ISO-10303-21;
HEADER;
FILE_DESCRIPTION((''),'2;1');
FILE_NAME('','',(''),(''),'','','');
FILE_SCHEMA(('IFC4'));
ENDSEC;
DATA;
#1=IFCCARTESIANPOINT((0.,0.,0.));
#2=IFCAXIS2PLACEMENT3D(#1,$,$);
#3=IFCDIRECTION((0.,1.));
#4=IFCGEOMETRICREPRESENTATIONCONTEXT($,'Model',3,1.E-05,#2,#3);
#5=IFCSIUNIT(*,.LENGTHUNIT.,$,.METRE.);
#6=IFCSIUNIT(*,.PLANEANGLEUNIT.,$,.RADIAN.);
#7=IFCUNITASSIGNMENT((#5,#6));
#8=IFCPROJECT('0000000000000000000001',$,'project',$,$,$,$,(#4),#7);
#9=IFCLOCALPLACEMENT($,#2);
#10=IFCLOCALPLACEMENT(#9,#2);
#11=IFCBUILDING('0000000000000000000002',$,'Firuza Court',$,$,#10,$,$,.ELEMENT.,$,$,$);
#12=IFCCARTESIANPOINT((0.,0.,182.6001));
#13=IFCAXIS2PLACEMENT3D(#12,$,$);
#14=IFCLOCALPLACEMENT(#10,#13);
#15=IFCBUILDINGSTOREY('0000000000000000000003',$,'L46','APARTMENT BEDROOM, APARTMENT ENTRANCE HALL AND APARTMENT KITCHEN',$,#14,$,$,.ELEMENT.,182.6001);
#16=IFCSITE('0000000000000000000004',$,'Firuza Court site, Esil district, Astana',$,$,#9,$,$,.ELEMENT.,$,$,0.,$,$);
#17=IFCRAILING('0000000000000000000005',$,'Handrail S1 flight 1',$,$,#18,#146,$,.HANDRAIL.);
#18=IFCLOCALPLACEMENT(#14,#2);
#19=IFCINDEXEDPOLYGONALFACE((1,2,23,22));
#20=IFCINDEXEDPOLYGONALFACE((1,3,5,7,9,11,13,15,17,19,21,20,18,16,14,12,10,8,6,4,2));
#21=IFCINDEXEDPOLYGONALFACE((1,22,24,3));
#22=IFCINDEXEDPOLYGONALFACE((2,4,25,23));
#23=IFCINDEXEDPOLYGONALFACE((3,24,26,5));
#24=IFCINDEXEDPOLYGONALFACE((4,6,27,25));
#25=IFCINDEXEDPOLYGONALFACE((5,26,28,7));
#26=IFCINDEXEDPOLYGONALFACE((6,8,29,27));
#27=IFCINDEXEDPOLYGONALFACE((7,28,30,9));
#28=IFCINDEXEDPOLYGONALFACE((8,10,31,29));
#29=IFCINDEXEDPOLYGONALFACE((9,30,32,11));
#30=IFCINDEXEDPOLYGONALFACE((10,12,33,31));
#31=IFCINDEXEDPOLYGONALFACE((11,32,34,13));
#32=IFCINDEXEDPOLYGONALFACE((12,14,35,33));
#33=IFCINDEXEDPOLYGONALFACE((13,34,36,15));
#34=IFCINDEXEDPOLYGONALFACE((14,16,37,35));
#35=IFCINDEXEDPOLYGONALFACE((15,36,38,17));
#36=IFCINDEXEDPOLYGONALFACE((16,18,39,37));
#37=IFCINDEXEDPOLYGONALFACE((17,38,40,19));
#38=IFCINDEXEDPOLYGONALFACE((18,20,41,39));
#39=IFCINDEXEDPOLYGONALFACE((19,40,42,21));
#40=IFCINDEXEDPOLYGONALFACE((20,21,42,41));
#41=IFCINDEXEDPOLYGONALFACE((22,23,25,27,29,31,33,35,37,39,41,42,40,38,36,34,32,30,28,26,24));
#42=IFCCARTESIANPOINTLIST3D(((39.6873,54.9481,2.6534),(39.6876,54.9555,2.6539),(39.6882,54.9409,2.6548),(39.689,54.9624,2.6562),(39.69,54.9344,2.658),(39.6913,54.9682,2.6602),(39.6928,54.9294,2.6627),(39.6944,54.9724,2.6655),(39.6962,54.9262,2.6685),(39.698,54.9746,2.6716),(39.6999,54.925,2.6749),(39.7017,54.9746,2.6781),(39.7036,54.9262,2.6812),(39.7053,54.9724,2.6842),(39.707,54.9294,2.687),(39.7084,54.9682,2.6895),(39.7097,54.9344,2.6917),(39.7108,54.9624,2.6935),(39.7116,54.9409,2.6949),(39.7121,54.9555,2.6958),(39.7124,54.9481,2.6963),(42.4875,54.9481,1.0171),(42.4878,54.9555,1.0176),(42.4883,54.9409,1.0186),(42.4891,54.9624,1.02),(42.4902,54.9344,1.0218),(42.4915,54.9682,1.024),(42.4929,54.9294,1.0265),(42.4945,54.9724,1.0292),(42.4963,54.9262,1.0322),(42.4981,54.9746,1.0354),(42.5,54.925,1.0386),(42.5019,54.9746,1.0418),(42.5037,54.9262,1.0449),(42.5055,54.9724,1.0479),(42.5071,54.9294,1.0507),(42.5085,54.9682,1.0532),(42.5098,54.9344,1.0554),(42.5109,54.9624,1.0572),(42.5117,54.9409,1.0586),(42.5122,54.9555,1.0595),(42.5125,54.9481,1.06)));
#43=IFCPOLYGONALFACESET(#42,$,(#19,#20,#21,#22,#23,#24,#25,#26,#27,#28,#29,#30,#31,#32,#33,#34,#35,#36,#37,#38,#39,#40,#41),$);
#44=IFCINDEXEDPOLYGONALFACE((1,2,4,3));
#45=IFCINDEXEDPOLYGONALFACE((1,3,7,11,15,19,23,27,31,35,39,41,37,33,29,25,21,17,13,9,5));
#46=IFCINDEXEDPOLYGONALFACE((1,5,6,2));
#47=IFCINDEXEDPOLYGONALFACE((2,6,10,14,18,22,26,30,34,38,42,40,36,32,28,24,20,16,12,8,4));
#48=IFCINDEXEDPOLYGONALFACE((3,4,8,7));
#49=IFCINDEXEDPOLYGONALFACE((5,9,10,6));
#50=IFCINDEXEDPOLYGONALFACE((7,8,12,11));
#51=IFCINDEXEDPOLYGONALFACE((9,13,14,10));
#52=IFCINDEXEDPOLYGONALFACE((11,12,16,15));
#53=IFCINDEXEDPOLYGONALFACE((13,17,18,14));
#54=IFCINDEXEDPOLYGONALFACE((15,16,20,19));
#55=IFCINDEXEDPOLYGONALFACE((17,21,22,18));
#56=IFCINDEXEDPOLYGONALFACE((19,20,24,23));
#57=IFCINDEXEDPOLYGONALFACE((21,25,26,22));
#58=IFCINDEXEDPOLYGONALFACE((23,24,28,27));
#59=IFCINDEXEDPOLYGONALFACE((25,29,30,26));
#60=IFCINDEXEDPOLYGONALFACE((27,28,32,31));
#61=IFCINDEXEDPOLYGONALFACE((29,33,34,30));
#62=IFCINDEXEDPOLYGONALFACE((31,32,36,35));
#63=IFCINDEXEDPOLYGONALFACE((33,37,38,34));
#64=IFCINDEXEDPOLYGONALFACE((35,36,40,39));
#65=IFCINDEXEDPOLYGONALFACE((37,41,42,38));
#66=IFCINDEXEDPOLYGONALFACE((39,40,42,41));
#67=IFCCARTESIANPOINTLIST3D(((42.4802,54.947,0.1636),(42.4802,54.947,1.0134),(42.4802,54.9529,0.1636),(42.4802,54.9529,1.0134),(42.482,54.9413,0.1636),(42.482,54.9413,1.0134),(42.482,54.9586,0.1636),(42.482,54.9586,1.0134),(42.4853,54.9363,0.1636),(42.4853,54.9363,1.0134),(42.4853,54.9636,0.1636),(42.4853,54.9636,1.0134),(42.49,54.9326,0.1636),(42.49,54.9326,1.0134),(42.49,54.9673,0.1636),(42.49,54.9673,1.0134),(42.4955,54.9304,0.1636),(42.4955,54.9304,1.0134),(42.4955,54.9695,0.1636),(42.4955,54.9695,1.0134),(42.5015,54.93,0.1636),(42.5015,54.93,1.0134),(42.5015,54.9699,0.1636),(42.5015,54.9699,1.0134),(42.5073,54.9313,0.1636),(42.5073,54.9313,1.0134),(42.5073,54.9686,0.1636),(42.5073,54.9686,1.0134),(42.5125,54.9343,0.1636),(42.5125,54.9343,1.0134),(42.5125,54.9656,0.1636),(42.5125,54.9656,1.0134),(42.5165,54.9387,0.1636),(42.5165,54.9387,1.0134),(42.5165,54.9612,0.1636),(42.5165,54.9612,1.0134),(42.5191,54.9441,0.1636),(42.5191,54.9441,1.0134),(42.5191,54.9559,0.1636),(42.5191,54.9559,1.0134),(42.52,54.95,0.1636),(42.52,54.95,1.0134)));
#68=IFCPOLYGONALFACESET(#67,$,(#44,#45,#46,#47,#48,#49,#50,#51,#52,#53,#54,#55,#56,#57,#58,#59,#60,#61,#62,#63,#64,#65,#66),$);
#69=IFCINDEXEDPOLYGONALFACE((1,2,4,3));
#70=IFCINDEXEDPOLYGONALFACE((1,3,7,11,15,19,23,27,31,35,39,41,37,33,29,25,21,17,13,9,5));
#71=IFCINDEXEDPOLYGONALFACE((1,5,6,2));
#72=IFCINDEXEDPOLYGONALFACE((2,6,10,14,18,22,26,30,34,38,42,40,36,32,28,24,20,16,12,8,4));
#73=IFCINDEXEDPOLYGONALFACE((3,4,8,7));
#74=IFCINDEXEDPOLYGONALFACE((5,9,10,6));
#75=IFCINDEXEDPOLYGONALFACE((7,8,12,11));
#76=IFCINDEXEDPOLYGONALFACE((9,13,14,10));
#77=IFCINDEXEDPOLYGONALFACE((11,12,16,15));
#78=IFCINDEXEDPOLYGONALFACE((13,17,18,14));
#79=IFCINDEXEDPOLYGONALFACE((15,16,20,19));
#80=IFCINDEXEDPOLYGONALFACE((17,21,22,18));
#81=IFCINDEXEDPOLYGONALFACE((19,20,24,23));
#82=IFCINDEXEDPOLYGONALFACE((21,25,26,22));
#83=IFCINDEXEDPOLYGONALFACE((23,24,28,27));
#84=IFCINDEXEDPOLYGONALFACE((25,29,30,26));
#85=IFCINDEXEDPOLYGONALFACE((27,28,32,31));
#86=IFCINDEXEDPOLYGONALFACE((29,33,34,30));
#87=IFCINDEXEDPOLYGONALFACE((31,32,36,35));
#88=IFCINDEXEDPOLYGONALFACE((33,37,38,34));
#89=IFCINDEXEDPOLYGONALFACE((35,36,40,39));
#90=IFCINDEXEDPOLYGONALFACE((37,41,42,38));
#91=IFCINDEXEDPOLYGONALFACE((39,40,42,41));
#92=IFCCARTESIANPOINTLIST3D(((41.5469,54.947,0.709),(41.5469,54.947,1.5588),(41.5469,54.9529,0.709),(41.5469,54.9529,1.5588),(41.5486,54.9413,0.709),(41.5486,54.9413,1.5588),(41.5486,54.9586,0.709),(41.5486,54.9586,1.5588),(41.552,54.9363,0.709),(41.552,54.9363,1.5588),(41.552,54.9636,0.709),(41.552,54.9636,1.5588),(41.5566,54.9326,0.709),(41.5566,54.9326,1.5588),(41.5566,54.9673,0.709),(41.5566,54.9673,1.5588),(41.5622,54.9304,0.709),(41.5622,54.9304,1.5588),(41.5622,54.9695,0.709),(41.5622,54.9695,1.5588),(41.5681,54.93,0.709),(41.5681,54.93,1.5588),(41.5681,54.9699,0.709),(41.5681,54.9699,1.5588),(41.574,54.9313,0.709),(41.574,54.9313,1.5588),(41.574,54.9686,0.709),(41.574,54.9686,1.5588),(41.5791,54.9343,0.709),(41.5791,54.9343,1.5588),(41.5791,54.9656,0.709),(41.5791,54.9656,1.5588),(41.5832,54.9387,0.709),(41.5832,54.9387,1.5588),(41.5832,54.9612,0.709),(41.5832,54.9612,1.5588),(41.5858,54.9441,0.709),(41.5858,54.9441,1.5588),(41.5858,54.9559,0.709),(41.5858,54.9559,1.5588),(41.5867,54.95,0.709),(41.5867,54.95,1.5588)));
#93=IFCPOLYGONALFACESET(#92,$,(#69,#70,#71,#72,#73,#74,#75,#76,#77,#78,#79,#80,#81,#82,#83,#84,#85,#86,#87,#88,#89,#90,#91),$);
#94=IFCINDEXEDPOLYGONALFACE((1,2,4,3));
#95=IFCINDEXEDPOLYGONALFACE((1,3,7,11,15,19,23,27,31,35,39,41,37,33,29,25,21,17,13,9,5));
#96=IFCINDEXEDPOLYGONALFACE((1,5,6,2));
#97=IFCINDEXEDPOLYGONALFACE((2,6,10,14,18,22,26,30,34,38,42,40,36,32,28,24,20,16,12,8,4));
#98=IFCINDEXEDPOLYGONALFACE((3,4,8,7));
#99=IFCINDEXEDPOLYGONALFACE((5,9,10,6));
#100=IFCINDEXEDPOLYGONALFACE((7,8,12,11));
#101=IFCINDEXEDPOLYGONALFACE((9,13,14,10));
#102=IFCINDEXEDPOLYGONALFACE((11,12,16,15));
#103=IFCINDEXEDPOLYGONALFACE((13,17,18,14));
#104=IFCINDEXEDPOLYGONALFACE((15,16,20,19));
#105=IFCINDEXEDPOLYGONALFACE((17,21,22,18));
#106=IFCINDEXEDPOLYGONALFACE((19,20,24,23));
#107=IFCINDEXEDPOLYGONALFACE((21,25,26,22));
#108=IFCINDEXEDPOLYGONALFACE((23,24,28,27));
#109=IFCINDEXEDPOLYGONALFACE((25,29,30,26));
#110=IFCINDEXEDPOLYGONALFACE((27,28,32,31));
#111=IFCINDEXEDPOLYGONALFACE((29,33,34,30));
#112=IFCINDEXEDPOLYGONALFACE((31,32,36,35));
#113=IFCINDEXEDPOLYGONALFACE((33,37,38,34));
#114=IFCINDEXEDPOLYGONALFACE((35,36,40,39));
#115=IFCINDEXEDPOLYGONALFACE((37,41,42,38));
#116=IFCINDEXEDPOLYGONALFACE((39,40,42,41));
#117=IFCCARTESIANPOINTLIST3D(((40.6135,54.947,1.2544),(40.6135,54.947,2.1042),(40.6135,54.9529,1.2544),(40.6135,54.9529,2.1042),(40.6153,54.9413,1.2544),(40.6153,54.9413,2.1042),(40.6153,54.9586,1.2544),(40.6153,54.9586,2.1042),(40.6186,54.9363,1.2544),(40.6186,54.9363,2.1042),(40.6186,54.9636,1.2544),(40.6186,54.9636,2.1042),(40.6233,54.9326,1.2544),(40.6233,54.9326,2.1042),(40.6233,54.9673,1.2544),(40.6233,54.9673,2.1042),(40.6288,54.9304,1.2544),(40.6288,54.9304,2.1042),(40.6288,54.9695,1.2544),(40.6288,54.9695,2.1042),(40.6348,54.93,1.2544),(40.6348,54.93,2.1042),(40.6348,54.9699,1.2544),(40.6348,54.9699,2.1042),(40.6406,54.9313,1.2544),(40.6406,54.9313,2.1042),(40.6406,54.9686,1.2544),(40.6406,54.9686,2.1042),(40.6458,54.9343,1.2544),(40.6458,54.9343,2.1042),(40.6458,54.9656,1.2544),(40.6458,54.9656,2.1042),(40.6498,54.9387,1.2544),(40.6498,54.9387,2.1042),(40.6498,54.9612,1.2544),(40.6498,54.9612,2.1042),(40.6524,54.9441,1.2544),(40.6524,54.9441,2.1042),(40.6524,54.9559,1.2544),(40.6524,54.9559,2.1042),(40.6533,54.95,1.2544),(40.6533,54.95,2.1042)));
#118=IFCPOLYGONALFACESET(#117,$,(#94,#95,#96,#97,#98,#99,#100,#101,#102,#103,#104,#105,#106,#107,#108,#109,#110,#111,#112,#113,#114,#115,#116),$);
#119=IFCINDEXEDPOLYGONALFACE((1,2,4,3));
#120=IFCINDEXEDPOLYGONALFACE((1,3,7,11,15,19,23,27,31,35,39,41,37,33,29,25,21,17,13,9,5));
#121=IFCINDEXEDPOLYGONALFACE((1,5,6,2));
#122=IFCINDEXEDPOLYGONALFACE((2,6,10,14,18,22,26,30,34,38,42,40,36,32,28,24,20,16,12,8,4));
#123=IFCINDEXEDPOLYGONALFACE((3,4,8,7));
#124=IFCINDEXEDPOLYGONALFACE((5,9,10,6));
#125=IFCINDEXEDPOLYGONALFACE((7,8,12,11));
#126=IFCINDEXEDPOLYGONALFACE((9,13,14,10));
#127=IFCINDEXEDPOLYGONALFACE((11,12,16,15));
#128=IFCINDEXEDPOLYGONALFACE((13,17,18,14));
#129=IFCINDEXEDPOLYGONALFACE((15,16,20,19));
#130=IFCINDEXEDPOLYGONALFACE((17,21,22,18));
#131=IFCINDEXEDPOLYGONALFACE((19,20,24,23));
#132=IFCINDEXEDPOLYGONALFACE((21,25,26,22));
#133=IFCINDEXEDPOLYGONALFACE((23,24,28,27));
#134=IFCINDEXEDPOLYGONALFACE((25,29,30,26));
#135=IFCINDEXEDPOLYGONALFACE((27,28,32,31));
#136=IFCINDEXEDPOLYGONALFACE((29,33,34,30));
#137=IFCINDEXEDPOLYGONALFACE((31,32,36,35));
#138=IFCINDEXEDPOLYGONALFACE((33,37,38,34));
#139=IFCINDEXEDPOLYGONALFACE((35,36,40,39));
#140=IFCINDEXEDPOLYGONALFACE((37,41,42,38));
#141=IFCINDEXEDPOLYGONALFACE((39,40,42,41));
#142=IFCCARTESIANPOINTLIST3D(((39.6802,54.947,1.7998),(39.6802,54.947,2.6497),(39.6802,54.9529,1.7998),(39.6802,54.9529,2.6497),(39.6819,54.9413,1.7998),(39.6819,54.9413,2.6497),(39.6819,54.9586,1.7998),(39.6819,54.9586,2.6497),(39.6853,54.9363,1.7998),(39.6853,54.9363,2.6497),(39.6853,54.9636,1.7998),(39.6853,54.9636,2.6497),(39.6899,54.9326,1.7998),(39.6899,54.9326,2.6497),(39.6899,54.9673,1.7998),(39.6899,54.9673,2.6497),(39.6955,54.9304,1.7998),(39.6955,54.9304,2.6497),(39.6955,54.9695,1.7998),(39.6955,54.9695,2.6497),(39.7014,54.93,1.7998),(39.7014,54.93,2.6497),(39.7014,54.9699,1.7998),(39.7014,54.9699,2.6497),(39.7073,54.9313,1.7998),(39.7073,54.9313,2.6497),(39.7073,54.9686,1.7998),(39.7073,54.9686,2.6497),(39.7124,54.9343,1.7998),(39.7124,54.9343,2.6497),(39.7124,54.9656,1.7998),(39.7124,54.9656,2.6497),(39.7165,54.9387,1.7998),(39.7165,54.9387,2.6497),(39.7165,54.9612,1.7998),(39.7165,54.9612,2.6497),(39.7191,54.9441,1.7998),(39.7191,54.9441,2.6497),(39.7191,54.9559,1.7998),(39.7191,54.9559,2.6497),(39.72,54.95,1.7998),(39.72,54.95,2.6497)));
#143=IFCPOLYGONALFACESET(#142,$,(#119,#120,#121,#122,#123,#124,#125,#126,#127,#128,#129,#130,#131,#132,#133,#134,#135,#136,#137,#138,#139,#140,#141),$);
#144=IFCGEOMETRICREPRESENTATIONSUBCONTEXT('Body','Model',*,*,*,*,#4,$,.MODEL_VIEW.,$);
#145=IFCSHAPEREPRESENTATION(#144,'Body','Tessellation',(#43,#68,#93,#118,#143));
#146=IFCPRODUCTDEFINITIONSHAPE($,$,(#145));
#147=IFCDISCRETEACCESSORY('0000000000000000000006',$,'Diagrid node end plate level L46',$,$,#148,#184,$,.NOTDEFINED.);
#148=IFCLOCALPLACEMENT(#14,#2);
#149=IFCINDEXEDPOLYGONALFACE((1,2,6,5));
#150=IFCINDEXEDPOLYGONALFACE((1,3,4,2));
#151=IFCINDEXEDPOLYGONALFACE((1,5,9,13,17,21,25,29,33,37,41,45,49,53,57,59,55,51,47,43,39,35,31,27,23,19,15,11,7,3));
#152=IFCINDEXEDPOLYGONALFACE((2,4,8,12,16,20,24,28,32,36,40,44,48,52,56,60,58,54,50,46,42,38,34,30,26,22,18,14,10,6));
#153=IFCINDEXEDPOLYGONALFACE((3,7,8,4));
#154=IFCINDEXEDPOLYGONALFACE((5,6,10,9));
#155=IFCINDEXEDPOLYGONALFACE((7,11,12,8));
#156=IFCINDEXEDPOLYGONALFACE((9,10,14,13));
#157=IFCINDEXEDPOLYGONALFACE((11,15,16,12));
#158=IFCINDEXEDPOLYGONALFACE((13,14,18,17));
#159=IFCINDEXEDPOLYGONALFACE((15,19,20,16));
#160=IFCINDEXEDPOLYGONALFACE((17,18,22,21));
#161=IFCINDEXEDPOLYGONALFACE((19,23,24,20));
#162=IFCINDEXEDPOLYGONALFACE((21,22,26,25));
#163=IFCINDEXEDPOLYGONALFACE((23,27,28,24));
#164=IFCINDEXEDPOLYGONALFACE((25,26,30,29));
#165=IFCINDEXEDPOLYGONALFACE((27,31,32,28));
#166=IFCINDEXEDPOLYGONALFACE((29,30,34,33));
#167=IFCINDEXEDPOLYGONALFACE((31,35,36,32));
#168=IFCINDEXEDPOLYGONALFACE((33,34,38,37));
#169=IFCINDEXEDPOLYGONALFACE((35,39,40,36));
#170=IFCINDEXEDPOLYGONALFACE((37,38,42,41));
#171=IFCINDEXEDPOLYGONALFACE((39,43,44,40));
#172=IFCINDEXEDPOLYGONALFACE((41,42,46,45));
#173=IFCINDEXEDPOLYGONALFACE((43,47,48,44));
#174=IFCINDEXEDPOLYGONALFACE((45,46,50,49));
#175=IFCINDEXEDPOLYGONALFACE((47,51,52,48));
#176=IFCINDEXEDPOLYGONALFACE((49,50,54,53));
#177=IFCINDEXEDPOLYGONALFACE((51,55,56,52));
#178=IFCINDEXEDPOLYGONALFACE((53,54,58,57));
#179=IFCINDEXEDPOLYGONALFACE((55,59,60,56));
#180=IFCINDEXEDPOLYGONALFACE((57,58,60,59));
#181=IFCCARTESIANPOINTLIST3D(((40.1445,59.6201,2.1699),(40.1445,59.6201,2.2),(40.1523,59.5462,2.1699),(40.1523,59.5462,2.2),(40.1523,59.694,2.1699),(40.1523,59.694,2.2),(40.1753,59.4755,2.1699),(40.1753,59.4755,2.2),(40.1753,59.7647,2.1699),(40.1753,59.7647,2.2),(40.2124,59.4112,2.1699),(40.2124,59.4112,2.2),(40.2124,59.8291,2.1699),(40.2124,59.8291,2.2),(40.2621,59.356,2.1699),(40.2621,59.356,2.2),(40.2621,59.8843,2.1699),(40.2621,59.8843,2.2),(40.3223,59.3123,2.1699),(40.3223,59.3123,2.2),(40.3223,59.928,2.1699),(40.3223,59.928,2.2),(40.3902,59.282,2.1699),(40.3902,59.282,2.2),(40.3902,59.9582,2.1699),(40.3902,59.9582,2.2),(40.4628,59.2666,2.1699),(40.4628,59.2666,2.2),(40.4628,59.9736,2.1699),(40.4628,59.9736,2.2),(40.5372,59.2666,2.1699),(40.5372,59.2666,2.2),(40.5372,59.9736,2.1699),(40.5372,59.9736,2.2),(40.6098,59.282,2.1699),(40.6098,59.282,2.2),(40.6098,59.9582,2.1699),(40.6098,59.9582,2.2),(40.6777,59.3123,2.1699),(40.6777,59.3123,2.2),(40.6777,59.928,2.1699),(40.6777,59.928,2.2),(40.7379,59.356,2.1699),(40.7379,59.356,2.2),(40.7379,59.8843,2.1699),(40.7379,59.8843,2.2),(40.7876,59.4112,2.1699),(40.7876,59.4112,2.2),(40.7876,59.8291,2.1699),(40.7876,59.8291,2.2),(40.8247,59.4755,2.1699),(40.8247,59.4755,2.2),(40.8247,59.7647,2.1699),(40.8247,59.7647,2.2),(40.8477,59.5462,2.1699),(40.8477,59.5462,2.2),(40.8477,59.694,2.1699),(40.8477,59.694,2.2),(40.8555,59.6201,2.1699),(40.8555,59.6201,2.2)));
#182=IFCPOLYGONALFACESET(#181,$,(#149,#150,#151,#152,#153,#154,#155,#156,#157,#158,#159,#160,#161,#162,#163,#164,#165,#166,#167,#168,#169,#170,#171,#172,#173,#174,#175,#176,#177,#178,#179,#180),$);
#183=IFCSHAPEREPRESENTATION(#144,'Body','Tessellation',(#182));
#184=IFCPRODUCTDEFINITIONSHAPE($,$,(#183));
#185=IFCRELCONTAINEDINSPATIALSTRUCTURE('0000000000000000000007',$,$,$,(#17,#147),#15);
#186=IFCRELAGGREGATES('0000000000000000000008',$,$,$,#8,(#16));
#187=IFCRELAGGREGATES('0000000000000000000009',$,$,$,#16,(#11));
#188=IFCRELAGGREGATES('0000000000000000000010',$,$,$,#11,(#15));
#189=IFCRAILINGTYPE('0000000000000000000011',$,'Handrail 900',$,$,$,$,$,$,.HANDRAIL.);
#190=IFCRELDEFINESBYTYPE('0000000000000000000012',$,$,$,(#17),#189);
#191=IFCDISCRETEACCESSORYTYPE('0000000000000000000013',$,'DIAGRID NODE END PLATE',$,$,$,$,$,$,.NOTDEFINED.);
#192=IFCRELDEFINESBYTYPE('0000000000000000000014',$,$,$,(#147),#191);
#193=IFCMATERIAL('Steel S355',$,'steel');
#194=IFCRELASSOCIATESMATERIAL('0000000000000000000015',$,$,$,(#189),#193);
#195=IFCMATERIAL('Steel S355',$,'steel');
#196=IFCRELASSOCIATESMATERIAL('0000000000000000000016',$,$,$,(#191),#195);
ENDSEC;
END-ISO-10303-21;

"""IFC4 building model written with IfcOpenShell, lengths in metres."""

from ifc_helpers import new_model, si_unit, direction, frame, origin, origin_2d, place, context, subcontext, project, spatial, circle, extrude, material, material_profile, profile_set, type_object, element, save


model = new_model("IFC4")

# Units and contexts
model_context = context("Model", 3, precision=1e-05, world=origin(), true_north=direction((0.0, 1.0)))
body_context = subcontext(model_context, "Body", "Model", "MODEL_VIEW")
ifc_project = project(units=[si_unit("LENGTHUNIT", "METRE"), si_unit("PLANEANGLEUNIT", "RADIAN")], contexts=[model_context])

# Site, building, storey
site_placement = place(None, origin())
site = spatial("IfcSite", under=ifc_project, at=site_placement, Name="Firuza Court site, Esil district, Astana", CompositionType="ELEMENT", RefElevation=0.0)
building_placement = place(site_placement, origin())
building = spatial("IfcBuilding", under=site, at=building_placement, Name="Firuza Court", CompositionType="ELEMENT")
storey_placement = place(building_placement, frame((0.0, 0.0, 182.6001)))
storey = spatial("IfcBuildingStorey", under=building, at=storey_placement, Name="L46", Description="APARTMENT BEDROOM, APARTMENT ENTRANCE HALL AND APARTMENT KITCHEN", CompositionType="ELEMENT", Elevation=182.6001)

# Railing
ifc_material_1 = material(Name="Steel S355", Category="steel")
railing_type_1 = type_object("IfcRailingType", Name="Handrail 900", PredefinedType="HANDRAIL", material=ifc_material_1)
railing_1_placement = place(storey_placement, frame((42.5, 54.95, 0.1636)))
element("IfcRailing", 1, at=railing_1_placement, inside=storey, type_object=railing_type_1, Name="Handrail S1 flight 1", PredefinedType="HANDRAIL", context=body_context, shape_type="SweptSolid", body=[
    extrude(circle(Radius=0.0249, at=origin_2d()), frame((0.0, 0.0, 0.875), z_axis=(-0.863394, 0.0, 0.504531), x_axis=(0.0, -1.0, 0.0)), (0.0, 0.0, 1.0), 3.2432),
    extrude(circle(Radius=0.02, at=origin_2d()), origin(), (0.0, 0.0, 1.0), 0.8499),
    extrude(circle(Radius=0.02, at=origin_2d()), frame((-0.9333, 0.0, 0.5454)), (0.0, 0.0, 1.0), 0.8499),
    extrude(circle(Radius=0.02, at=origin_2d()), frame((-1.8667, 0.0, 1.0908)), (0.0, 0.0, 1.0), 0.8499),
    extrude(circle(Radius=0.02, at=origin_2d()), frame((-2.8, 0.0, 1.6362)), (0.0, 0.0, 1.0), 0.8499),
])

# Discrete accessory
ifc_material_2 = material(Name="Steel S355", Category="steel")
ifc_material_profile_1 = material_profile(ifc_material_2, circle(Radius=0.3555, at=origin_2d()), Name="PL D711")
ifc_profile_set_1 = profile_set([ifc_material_profile_1], Name="Steel S355")
discrete_accessory_type = type_object("IfcDiscreteAccessoryType", Name="DIAGRID NODE END PLATE", PredefinedType="NOTDEFINED", material=ifc_profile_set_1)
for number, where, z_axis, x_axis, name in (
    (2, (40.5, 59.6201, 2.1699), (0.0, 0.0, 1.0), (1.0, 0.0, 0.0), "Diagrid node end plate level L46"),
):
    element("IfcDiscreteAccessory", number, at=place(storey_placement, frame(where, z_axis=z_axis, x_axis=x_axis)), inside=storey, type_object=discrete_accessory_type, Name=name, PredefinedType="NOTDEFINED", context=body_context, shape_type="SweptSolid", body=[
        extrude(circle(Radius=0.3555, at=origin_2d()), origin(), (0.0, 0.0, 1.0), 0.03),
    ])

save(model, "model.ifc")
